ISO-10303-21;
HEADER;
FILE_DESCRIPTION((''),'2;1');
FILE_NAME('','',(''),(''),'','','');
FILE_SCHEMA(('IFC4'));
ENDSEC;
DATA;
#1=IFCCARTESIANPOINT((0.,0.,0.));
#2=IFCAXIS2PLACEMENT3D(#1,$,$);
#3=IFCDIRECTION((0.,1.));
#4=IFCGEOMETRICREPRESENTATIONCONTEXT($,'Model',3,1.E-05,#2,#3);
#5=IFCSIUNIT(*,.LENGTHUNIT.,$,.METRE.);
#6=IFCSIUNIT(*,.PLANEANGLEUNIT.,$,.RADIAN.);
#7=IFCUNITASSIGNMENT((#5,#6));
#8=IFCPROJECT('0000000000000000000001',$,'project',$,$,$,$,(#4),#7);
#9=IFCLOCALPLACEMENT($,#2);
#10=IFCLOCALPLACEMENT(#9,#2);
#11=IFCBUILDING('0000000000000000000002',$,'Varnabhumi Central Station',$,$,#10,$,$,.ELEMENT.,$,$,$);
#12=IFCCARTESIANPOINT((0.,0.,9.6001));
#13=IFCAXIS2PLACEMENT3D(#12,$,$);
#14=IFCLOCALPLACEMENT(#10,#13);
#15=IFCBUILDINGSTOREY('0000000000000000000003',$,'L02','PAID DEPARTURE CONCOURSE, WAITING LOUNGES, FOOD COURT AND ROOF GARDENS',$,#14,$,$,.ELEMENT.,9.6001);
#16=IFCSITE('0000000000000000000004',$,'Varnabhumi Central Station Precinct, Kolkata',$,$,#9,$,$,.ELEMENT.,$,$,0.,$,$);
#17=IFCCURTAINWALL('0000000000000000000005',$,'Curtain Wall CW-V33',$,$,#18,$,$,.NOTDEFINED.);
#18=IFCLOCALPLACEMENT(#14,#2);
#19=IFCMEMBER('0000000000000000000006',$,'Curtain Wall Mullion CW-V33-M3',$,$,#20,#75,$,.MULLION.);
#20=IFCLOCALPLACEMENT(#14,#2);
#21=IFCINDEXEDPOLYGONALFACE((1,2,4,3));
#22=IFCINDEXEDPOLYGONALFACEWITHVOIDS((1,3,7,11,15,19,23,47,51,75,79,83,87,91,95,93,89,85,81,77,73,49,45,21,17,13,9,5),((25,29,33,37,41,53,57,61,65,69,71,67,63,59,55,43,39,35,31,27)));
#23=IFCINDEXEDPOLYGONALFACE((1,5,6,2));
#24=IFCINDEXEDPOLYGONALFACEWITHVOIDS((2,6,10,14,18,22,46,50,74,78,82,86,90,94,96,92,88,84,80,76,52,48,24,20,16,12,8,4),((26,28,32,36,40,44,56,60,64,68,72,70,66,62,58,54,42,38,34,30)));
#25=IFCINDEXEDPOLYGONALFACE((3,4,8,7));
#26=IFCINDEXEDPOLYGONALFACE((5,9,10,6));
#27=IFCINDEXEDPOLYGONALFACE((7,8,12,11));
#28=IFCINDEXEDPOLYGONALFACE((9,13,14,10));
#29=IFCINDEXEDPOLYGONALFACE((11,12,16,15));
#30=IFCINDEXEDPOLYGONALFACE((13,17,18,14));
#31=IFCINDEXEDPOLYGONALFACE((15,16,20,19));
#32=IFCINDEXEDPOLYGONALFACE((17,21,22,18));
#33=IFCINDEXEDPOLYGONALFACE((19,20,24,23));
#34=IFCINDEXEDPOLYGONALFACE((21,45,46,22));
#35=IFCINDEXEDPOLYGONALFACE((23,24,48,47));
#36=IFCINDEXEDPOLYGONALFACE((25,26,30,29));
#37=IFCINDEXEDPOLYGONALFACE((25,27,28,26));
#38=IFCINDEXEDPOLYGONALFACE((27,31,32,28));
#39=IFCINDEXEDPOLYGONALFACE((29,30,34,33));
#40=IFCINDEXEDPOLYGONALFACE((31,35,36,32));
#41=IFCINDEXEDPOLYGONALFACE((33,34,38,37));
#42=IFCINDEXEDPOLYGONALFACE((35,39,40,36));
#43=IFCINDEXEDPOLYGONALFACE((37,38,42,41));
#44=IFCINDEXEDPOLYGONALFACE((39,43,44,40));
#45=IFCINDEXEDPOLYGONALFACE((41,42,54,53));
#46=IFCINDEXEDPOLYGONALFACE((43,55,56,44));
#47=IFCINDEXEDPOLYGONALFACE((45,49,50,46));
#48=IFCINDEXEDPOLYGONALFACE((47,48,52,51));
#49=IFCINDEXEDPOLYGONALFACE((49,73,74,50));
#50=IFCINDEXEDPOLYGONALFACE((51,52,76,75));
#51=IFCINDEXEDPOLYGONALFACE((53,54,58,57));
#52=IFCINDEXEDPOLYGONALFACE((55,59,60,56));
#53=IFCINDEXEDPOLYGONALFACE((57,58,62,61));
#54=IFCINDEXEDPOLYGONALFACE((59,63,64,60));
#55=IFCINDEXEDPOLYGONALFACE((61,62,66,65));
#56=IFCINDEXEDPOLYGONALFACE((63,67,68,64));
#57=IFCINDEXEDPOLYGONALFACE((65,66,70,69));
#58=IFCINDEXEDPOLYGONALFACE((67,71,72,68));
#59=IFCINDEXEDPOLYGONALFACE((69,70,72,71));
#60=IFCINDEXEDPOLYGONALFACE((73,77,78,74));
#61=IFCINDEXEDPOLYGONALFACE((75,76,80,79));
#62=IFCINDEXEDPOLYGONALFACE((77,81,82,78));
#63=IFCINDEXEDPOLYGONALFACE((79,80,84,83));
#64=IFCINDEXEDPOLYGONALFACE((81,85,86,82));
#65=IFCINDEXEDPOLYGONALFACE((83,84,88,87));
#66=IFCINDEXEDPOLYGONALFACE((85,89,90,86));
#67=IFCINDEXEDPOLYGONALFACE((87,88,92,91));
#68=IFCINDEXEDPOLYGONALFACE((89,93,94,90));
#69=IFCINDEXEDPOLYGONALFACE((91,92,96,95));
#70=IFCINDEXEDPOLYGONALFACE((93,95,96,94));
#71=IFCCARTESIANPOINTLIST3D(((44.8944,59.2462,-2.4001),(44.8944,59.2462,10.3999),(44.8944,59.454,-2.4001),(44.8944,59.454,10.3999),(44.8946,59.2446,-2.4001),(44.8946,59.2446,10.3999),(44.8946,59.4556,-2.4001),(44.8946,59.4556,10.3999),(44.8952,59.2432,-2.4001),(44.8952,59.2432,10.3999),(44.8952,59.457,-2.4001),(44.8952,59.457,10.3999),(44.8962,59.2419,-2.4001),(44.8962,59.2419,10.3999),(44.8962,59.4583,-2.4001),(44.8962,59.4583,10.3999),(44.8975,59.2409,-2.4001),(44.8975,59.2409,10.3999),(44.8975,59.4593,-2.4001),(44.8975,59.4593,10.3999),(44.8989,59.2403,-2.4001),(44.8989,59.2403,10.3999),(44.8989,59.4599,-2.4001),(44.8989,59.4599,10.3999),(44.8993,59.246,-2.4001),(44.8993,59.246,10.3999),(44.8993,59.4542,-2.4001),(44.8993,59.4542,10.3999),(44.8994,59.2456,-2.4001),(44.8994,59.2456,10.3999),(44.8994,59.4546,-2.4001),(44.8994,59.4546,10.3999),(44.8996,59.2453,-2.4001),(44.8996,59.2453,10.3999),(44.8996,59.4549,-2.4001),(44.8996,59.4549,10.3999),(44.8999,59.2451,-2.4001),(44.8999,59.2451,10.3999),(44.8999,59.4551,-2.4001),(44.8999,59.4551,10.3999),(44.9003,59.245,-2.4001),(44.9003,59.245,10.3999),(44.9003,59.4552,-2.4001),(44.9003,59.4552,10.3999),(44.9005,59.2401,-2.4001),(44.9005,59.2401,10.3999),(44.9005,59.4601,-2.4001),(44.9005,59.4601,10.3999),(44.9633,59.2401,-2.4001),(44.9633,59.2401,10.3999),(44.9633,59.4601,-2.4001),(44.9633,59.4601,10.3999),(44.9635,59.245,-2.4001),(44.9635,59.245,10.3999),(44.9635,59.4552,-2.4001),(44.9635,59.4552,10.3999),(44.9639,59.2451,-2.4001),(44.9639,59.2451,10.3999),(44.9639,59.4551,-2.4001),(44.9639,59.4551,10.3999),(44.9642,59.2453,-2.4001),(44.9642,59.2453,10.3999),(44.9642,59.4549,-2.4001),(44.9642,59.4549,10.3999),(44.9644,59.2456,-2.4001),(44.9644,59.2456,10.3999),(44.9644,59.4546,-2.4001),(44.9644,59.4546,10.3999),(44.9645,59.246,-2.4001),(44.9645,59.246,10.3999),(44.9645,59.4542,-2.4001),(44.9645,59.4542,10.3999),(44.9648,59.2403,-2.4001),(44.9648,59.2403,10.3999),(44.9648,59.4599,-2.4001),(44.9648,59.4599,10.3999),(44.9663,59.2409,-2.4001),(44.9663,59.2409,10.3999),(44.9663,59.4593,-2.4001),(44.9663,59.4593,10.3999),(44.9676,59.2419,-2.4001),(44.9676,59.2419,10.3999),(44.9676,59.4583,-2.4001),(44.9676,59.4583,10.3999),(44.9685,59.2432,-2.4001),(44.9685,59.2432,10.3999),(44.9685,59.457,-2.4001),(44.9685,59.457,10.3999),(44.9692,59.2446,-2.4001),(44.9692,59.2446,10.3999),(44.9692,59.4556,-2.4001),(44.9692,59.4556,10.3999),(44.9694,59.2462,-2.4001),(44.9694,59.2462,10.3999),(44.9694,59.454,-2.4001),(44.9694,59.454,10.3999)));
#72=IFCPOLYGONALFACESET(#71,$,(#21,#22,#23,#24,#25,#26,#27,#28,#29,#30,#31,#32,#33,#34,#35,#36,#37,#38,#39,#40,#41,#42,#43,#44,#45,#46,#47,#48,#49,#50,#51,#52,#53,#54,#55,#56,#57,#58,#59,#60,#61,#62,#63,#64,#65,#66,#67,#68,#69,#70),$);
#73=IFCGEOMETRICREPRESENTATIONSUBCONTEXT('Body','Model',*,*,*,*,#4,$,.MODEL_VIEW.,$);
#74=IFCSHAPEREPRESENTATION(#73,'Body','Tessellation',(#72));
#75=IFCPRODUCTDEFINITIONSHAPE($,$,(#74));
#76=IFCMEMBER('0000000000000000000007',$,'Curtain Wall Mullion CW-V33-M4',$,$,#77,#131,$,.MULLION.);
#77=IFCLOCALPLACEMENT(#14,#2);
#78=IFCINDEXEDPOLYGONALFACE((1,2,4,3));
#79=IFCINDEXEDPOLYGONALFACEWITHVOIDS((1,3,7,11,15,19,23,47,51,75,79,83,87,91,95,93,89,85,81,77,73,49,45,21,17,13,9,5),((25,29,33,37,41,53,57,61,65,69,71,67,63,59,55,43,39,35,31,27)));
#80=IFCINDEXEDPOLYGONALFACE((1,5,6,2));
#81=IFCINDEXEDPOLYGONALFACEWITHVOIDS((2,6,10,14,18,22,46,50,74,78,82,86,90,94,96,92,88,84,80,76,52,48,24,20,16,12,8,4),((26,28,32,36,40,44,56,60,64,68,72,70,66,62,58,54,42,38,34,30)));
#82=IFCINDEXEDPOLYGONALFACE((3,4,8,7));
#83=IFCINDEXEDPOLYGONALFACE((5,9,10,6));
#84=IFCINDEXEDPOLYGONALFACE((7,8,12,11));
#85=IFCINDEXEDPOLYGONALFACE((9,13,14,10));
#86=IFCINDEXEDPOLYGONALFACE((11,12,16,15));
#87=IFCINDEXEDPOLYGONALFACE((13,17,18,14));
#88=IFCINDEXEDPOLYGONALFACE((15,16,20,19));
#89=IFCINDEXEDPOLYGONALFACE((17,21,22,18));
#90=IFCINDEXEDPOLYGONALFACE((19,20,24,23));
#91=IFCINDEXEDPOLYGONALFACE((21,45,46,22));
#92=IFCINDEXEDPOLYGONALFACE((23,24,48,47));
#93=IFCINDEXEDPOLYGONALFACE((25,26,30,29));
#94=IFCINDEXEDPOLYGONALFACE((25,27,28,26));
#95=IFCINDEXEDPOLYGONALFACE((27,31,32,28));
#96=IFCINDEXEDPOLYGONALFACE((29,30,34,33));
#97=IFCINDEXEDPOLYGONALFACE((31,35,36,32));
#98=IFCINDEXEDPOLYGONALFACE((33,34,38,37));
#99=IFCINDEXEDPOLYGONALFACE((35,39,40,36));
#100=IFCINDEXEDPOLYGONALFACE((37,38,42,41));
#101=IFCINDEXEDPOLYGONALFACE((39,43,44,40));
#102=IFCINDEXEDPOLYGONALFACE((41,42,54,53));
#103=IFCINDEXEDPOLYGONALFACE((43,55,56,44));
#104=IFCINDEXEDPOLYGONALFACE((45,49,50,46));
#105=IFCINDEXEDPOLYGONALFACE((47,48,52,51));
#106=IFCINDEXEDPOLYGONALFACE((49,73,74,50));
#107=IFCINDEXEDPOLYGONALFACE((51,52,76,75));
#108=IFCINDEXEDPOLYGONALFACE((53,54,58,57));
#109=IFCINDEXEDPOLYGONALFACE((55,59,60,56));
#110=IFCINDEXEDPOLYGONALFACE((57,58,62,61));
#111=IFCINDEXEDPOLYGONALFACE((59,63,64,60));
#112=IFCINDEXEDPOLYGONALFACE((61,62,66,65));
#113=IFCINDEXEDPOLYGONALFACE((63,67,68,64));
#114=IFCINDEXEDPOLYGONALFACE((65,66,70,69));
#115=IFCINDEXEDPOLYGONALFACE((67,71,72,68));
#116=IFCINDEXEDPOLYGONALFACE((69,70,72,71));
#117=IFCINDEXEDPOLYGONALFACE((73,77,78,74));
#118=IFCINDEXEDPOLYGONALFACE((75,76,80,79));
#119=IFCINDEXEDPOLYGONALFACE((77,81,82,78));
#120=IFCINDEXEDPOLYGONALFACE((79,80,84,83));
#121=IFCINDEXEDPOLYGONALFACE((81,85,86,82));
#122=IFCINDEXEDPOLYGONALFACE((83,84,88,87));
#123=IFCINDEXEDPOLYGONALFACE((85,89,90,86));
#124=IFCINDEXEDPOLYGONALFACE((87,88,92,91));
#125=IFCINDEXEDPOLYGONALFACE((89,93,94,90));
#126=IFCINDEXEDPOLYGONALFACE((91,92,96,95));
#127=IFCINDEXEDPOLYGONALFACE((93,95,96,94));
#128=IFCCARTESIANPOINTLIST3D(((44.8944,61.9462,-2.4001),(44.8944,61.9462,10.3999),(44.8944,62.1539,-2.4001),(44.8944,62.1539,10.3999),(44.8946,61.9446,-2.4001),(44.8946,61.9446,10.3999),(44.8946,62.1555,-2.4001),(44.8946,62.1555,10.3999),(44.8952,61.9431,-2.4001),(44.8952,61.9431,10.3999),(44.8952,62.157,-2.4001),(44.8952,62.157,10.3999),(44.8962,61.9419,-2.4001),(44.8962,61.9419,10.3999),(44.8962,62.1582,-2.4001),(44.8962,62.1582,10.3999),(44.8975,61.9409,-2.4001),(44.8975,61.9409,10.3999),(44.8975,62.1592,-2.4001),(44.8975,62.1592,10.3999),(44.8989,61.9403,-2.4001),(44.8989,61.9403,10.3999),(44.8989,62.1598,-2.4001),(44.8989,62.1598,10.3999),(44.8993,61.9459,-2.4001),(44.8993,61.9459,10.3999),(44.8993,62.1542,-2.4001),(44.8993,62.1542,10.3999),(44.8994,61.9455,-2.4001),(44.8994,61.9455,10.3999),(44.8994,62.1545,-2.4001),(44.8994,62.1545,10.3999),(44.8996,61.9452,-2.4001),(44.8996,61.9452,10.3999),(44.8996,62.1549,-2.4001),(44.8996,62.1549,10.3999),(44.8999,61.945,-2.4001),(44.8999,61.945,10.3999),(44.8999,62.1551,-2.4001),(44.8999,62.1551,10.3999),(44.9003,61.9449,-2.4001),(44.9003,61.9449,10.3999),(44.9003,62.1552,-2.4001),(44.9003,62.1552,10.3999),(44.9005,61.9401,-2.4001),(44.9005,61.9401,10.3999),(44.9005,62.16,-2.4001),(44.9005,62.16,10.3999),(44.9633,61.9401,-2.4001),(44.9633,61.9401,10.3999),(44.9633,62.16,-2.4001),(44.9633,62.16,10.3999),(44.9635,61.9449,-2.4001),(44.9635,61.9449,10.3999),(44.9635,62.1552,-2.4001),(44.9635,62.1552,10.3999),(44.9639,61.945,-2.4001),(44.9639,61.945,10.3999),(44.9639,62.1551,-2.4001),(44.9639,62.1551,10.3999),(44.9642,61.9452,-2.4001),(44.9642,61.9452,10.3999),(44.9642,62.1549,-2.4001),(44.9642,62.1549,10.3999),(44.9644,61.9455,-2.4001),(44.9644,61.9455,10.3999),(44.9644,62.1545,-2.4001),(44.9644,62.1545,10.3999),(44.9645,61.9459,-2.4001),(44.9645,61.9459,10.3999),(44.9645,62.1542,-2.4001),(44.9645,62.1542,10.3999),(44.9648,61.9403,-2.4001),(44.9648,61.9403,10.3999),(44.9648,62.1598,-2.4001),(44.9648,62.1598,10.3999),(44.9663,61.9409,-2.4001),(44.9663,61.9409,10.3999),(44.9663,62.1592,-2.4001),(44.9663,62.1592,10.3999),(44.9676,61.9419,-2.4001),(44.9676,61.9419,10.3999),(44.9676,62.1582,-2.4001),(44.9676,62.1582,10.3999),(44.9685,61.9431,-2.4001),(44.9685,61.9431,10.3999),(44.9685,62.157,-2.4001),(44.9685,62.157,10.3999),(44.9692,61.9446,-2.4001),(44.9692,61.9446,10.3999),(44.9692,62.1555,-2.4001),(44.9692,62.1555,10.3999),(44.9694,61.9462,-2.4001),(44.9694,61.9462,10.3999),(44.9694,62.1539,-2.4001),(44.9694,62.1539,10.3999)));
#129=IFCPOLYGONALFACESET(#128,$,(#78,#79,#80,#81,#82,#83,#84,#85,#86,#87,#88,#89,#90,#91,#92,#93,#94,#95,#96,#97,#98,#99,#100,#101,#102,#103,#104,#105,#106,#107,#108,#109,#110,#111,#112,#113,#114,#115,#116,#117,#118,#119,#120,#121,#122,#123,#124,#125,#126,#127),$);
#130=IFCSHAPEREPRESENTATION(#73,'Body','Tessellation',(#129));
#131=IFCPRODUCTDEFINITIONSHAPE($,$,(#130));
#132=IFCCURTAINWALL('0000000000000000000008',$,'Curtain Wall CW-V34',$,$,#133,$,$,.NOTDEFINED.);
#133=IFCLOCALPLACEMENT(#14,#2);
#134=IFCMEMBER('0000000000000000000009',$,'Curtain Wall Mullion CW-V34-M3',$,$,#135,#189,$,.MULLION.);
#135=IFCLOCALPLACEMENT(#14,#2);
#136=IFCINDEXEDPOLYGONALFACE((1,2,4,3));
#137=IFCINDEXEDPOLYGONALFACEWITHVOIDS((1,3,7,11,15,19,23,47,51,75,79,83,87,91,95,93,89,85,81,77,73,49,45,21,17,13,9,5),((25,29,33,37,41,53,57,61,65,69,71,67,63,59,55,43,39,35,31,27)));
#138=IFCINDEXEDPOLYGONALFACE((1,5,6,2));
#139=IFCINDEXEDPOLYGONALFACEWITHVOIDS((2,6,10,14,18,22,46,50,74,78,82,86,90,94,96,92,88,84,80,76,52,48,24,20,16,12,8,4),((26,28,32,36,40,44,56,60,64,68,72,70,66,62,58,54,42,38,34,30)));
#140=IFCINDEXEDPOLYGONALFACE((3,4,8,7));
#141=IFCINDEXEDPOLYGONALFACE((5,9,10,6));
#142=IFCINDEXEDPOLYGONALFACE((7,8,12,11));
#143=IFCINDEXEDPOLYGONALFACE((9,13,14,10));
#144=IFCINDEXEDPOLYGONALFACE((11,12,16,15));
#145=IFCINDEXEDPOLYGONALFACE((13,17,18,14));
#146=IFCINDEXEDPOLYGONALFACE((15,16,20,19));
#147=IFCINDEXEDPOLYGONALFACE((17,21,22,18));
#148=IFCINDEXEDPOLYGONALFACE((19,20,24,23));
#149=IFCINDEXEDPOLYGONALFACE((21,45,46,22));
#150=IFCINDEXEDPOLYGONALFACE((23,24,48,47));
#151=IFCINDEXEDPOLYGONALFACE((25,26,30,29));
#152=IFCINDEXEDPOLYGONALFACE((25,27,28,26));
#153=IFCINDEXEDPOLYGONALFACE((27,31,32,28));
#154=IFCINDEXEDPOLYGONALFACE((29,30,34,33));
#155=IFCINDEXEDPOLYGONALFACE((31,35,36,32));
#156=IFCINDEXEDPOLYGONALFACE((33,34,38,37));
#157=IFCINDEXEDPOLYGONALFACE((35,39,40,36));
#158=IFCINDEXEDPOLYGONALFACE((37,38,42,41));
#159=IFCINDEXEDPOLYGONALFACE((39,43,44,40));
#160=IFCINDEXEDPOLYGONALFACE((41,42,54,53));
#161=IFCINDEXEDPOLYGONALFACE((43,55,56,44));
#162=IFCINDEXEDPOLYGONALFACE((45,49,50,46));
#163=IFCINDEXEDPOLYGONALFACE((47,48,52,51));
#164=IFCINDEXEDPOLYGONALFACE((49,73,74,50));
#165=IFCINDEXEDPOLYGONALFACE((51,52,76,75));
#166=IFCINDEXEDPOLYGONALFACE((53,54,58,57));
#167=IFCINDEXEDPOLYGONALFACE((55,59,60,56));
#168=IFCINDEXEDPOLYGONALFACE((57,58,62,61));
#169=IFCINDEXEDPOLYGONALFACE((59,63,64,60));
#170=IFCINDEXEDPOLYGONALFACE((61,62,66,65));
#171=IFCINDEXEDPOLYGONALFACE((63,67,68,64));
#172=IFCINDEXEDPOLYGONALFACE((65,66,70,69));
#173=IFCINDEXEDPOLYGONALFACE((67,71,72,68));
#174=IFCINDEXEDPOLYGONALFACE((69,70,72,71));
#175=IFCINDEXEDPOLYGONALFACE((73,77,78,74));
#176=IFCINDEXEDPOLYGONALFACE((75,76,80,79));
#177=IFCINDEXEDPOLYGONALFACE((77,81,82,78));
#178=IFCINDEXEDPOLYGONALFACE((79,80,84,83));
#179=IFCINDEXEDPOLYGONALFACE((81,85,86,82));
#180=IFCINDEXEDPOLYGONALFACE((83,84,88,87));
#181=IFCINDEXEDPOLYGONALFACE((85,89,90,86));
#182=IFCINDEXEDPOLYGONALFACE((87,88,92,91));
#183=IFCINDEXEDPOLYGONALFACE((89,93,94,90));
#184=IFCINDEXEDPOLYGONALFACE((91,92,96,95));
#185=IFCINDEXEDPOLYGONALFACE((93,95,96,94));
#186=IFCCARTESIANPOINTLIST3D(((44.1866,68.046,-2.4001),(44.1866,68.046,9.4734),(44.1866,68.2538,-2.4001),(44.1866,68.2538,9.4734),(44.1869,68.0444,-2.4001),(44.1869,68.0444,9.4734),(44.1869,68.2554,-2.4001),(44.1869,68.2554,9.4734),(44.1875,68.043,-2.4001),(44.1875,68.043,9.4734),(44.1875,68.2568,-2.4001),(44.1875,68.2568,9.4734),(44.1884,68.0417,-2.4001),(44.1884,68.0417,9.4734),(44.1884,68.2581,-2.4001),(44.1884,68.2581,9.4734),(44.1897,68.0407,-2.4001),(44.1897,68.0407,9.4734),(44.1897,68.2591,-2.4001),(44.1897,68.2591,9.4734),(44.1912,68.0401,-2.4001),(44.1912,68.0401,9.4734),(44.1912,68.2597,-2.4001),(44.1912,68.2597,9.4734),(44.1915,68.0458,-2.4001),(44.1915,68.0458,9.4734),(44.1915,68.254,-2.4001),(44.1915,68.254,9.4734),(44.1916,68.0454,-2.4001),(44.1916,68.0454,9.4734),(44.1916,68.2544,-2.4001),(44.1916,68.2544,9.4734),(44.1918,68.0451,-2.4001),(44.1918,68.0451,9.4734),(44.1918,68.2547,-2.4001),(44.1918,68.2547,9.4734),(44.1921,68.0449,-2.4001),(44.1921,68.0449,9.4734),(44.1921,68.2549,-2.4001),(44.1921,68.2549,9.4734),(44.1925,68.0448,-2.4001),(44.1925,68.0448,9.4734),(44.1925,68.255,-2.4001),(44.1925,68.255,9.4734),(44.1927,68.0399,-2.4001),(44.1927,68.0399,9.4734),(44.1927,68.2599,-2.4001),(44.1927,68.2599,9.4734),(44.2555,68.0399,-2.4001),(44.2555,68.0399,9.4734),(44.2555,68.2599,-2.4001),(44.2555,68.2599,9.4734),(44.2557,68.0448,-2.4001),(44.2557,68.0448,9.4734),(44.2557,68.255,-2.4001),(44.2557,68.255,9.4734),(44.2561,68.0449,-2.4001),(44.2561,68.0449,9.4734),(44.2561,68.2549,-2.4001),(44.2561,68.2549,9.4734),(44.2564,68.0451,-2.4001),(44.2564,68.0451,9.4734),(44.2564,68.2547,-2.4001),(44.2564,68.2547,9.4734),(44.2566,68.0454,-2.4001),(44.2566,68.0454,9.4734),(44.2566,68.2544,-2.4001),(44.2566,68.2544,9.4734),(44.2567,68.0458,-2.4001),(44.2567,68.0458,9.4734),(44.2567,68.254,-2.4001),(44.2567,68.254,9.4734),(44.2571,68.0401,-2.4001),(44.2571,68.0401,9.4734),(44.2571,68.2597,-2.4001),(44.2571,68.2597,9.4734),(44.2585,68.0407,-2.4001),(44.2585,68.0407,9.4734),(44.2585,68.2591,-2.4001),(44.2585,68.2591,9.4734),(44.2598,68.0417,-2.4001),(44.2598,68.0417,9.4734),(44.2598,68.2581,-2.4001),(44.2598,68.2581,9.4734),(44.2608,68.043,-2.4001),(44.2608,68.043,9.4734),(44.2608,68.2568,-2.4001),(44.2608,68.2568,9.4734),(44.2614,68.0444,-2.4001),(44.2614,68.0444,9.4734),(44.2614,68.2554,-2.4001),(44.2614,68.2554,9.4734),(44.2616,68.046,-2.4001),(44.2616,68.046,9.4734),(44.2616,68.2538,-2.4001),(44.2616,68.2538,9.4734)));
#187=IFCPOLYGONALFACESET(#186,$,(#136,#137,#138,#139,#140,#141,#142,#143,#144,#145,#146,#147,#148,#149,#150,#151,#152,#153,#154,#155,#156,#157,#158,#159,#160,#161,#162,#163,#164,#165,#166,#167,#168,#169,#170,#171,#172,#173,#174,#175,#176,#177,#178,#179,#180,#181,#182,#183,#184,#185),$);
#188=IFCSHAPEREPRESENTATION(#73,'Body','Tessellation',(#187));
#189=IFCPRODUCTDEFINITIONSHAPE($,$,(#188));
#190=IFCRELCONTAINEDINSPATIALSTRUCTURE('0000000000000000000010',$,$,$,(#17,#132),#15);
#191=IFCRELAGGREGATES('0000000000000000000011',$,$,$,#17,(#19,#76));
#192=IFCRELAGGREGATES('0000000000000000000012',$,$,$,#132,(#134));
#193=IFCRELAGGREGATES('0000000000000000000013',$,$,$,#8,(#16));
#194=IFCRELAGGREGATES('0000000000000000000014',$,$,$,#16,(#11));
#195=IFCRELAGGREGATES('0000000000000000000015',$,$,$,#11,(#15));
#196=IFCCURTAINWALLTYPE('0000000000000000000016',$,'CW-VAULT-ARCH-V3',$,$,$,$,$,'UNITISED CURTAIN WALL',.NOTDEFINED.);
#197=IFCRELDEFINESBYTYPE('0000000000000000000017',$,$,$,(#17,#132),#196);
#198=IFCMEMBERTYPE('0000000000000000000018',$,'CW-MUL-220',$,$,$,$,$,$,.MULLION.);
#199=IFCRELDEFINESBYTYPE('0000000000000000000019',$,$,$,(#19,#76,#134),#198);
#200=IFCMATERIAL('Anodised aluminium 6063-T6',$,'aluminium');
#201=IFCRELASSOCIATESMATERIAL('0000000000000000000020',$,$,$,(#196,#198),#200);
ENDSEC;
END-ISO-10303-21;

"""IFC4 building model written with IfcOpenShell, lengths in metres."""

from ifc_helpers import new_model, si_unit, direction, frame, origin, origin_2d, place, context, subcontext, project, spatial, hollow_rectangle, extrude, material, material_profile, profile_set, type_object, element, aggregate, save


model = new_model("IFC4")

# Units and contexts
model_context = context("Model", 3, precision=1e-05, world=origin(), true_north=direction((0.0, 1.0)))
body_context = subcontext(model_context, "Body", "Model", "MODEL_VIEW")
ifc_project = project(units=[si_unit("LENGTHUNIT", "METRE"), si_unit("PLANEANGLEUNIT", "RADIAN")], contexts=[model_context])

# Site, building, storey
site_placement = place(None, origin())
site = spatial("IfcSite", under=ifc_project, at=site_placement, Name="Varnabhumi Central Station Precinct, Kolkata", CompositionType="ELEMENT", RefElevation=0.0)
building_placement = place(site_placement, origin())
building = spatial("IfcBuilding", under=site, at=building_placement, Name="Varnabhumi Central Station", CompositionType="ELEMENT")
storey_placement = place(building_placement, frame((0.0, 0.0, 9.6001)))
storey = spatial("IfcBuildingStorey", under=building, at=storey_placement, Name="L02", Description="PAID DEPARTURE CONCOURSE, WAITING LOUNGES, FOOD COURT AND ROOF GARDENS", CompositionType="ELEMENT", Elevation=9.6001)

# Curtain wall, members
ifc_material_1 = material(Name="Anodised aluminium 6063-T6", Category="aluminium")
curtain_wall_type = type_object("IfcCurtainWallType", Name="CW-VAULT-ARCH-V3", ElementType="UNITISED CURTAIN WALL", PredefinedType="NOTDEFINED", material=ifc_material_1)
curtain_wall_1_placement = place(storey_placement, origin())
curtain_wall_1 = element("IfcCurtainWall", 1, at=curtain_wall_1_placement, inside=storey, type_object=curtain_wall_type, Name="Curtain Wall CW-V33", PredefinedType="NOTDEFINED")
ifc_material_profile_1 = material_profile(ifc_material_1, hollow_rectangle(XDim=0.075, YDim=0.22, WallThickness=0.0049, InnerFilletRadius=0.001, OuterFilletRadius=0.0061, at=origin_2d()), Name="Anodised aluminium 6063-T6", Category="aluminium")
ifc_profile_set_1 = profile_set([ifc_material_profile_1], Name="Anodised aluminium 6063-T6")
member_type_1 = type_object("IfcMemberType", Name="CW-MUL-220", PredefinedType="MULLION", material=ifc_profile_set_1)
member_1_placement = place(storey_placement, frame((44.9319, 59.3501, -2.4001), z_axis=(0.0, 0.0, 1.0), x_axis=(1.0, 0.0, 0.0)))
member_1 = element("IfcMember", 2, at=member_1_placement, type_object=member_type_1, Name="Curtain Wall Mullion CW-V33-M3", PredefinedType="MULLION", context=body_context, shape_type="SweptSolid", body=[
    extrude(hollow_rectangle(XDim=0.075, YDim=0.22, WallThickness=0.0049, InnerFilletRadius=0.001, OuterFilletRadius=0.0061, at=origin_2d()), origin(), (0.0, 0.0, 1.0), 12.8),
])
member_2_placement = place(storey_placement, frame((44.9319, 62.05, -2.4001), z_axis=(0.0, 0.0, 1.0), x_axis=(1.0, 0.0, 0.0)))
member_2 = element("IfcMember", 3, at=member_2_placement, type_object=member_type_1, Name="Curtain Wall Mullion CW-V33-M4", PredefinedType="MULLION", context=body_context, shape_type="SweptSolid", body=[
    extrude(hollow_rectangle(XDim=0.075, YDim=0.22, WallThickness=0.0049, InnerFilletRadius=0.001, OuterFilletRadius=0.0061, at=origin_2d()), origin(), (0.0, 0.0, 1.0), 12.8),
])

# Curtain wall, member
curtain_wall_2_placement = place(storey_placement, origin())
curtain_wall_2 = element("IfcCurtainWall", 4, at=curtain_wall_2_placement, inside=storey, type_object=curtain_wall_type, Name="Curtain Wall CW-V34", PredefinedType="NOTDEFINED")
member_3_placement = place(storey_placement, frame((44.2241, 68.1499, -2.4001), z_axis=(0.0, 0.0, 1.0), x_axis=(1.0, 0.0, 0.0)))
member_3 = element("IfcMember", 5, at=member_3_placement, type_object=member_type_1, Name="Curtain Wall Mullion CW-V34-M3", PredefinedType="MULLION", context=body_context, shape_type="SweptSolid", body=[
    extrude(hollow_rectangle(XDim=0.075, YDim=0.22, WallThickness=0.0049, InnerFilletRadius=0.001, OuterFilletRadius=0.0061, at=origin_2d()), origin(), (0.0, 0.0, 1.0), 11.8735),
])

aggregate(curtain_wall_1, [member_1, member_2])
aggregate(curtain_wall_2, [member_3])

save(model, "model.ifc")
